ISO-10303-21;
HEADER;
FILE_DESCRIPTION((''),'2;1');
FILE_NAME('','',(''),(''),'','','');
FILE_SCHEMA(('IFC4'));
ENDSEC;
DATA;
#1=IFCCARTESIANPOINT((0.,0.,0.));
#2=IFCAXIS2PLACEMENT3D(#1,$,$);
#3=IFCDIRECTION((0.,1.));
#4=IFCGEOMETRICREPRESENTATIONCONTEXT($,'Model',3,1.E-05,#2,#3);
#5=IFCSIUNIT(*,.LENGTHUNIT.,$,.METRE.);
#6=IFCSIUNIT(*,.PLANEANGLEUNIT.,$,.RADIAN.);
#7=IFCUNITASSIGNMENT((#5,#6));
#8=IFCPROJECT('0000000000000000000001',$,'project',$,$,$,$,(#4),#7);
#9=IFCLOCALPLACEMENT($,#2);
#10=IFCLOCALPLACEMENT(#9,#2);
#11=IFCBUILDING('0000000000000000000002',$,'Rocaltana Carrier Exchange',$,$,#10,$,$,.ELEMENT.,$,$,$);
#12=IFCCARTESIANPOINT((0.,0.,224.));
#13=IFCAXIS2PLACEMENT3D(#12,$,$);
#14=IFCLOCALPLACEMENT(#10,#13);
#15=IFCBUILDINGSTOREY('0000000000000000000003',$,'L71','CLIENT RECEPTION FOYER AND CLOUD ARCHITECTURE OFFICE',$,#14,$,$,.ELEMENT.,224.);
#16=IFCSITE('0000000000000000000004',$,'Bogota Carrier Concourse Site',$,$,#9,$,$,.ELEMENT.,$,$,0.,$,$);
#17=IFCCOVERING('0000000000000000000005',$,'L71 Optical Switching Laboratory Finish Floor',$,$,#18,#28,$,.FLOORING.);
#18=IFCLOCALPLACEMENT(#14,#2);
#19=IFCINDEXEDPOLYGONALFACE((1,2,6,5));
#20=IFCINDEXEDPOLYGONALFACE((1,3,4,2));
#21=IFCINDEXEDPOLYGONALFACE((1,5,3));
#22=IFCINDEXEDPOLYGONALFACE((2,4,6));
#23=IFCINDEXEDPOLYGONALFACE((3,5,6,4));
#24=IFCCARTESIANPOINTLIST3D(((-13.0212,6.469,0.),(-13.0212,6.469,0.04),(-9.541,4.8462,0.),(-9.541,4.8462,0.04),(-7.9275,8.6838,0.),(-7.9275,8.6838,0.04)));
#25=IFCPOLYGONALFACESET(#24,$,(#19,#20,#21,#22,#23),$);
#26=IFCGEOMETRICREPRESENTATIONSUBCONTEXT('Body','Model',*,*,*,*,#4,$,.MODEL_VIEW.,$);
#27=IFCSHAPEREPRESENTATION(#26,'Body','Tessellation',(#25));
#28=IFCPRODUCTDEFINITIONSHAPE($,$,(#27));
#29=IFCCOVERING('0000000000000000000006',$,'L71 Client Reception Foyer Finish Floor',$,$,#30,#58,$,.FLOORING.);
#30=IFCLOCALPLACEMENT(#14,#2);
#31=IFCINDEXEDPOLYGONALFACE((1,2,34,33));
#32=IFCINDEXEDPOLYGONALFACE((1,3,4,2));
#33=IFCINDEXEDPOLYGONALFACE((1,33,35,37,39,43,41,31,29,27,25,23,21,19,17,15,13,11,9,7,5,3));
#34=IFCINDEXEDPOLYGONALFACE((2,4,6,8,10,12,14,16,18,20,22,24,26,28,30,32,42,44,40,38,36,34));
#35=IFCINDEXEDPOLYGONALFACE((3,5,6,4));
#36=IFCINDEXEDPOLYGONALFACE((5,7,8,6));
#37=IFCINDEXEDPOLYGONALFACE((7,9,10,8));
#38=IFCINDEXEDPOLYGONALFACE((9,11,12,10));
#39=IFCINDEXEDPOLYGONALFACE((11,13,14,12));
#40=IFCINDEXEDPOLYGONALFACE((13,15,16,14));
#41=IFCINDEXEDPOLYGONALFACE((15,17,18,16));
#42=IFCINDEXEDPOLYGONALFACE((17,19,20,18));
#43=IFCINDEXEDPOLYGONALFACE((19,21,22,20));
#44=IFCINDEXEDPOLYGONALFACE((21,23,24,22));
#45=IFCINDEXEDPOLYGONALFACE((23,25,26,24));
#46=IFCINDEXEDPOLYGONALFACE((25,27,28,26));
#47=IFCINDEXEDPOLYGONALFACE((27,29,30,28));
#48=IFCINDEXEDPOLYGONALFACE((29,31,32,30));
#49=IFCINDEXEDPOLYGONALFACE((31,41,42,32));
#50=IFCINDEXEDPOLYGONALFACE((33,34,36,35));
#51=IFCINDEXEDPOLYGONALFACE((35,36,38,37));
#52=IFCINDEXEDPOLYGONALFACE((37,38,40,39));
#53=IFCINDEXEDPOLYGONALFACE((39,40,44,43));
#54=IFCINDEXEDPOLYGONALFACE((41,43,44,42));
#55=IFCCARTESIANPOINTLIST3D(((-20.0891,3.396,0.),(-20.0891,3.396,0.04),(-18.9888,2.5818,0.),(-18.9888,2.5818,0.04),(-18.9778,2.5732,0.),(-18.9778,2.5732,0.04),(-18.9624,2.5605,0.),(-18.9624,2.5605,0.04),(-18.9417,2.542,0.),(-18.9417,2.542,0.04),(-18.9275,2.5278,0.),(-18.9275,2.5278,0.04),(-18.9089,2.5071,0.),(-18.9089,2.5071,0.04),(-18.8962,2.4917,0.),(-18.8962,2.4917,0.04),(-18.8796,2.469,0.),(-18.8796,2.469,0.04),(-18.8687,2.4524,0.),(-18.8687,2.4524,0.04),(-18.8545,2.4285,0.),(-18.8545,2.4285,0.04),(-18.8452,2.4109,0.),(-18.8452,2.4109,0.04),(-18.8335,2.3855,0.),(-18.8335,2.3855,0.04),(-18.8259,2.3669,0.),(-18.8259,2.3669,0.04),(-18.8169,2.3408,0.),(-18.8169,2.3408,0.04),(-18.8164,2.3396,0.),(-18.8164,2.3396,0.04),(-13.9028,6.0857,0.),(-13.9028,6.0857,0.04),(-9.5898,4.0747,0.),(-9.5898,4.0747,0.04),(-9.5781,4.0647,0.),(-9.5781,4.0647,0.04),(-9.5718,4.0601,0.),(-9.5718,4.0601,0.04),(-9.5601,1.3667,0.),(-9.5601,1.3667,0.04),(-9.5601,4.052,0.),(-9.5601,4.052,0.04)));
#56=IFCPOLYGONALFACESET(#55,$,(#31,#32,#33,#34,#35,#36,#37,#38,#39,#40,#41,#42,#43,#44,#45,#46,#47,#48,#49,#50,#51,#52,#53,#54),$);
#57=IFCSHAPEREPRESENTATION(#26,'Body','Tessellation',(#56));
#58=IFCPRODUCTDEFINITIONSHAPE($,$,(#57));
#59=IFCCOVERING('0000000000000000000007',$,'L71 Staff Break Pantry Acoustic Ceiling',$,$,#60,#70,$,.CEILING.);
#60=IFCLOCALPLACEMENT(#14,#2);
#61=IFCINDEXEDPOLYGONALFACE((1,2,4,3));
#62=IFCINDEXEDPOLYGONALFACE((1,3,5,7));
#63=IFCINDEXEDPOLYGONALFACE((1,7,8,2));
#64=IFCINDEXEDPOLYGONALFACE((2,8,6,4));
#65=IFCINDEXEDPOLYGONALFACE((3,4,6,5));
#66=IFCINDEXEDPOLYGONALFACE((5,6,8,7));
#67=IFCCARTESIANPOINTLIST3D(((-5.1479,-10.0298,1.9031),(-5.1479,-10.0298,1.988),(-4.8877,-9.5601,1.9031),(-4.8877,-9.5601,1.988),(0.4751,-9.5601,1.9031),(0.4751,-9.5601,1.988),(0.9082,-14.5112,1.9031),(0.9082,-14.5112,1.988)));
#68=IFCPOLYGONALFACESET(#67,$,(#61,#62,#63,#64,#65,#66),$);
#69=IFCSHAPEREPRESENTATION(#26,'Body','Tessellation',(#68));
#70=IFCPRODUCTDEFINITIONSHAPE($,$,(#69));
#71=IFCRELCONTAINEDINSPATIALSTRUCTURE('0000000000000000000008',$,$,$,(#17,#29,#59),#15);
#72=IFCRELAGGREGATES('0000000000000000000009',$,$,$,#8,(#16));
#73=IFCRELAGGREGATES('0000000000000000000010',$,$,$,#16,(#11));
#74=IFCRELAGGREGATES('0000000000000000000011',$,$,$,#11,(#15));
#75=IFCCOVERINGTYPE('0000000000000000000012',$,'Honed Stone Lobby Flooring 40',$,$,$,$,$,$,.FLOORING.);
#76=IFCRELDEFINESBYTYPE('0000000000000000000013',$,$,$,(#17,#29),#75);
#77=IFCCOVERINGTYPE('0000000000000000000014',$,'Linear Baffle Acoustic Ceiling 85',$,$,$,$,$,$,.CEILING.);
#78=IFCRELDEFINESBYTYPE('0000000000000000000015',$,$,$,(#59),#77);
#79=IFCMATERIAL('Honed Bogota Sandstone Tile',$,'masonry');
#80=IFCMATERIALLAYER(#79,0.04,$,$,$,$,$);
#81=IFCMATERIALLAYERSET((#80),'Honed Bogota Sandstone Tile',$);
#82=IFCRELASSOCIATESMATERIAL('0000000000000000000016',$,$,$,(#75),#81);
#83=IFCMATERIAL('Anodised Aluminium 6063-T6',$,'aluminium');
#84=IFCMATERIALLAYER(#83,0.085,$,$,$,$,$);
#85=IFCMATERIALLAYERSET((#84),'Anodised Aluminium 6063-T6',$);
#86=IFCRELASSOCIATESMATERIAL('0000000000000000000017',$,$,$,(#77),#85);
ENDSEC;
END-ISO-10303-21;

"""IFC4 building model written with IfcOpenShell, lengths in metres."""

from ifc_helpers import new_model, si_unit, direction, frame, origin, place, context, subcontext, project, spatial, polyline, outline, extrude, material, layer, layer_set, type_object, element, save


model = new_model("IFC4")

# Units and contexts
model_context = context("Model", 3, precision=1e-05, world=origin(), true_north=direction((0.0, 1.0)))
body_context = subcontext(model_context, "Body", "Model", "MODEL_VIEW")
ifc_project = project(units=[si_unit("LENGTHUNIT", "METRE"), si_unit("PLANEANGLEUNIT", "RADIAN")], contexts=[model_context])

# Site, building, storey
site_placement = place(None, origin())
site = spatial("IfcSite", under=ifc_project, at=site_placement, Name="Bogota Carrier Concourse Site", CompositionType="ELEMENT", RefElevation=0.0)
building_placement = place(site_placement, origin())
building = spatial("IfcBuilding", under=site, at=building_placement, Name="Rocaltana Carrier Exchange", CompositionType="ELEMENT")
storey_placement = place(building_placement, frame((0.0, 0.0, 224.0)))
storey = spatial("IfcBuildingStorey", under=building, at=storey_placement, Name="L71", Description="CLIENT RECEPTION FOYER AND CLOUD ARCHITECTURE OFFICE", CompositionType="ELEMENT", Elevation=224.0)

# Coverings
ifc_material_1 = material(Name="Honed Bogota Sandstone Tile", Category="masonry")
ifc_layer_1 = layer(ifc_material_1, 0.04)
ifc_layer_set_1 = layer_set([ifc_layer_1], Name="Honed Bogota Sandstone Tile")
covering_type_1 = type_object("IfcCoveringType", Name="Honed Stone Lobby Flooring 40", PredefinedType="FLOORING", material=ifc_layer_set_1)
covering_1_placement = place(storey_placement, origin())
element("IfcCovering", 1, at=covering_1_placement, inside=storey, type_object=covering_type_1, Name="L71 Optical Switching Laboratory Finish Floor", PredefinedType="FLOORING", context=body_context, shape_type="SweptSolid", body=[
    extrude(outline(polyline([(-7.9275, 8.6838), (-9.541, 4.8462), (-13.0212, 6.469), (-7.9275, 8.6838)])), origin(), (0.0, 0.0, 1.0), 0.04),
])
covering_2_placement = place(storey_placement, origin())
element("IfcCovering", 2, at=covering_2_placement, inside=storey, type_object=covering_type_1, Name="L71 Client Reception Foyer Finish Floor", PredefinedType="FLOORING", context=body_context, shape_type="SweptSolid", body=[
    extrude(outline(polyline([(-18.8164, 2.3396), (-18.8169, 2.3408), (-18.8259, 2.3669), (-18.8335, 2.3855), (-18.8452, 2.4109), (-18.8545, 2.4285), (-18.8687, 2.4524), (-18.8796, 2.469), (-18.8962, 2.4917), (-18.9089, 2.5071), (-18.9275, 2.5278), (-18.9417, 2.542), (-18.9624, 2.5605), (-18.9778, 2.5732), (-18.9888, 2.5818), (-20.0891, 3.396), (-13.9028, 6.0857), (-9.5898, 4.0747), (-9.5781, 4.0647), (-9.5718, 4.0601), (-9.5601, 4.052), (-9.5601, 1.3667), (-18.8164, 2.3396)])), origin(), (0.0, 0.0, 1.0), 0.04),
])
ifc_material_2 = material(Name="Anodised Aluminium 6063-T6", Category="aluminium")
ifc_layer_2 = layer(ifc_material_2, 0.085)
ifc_layer_set_2 = layer_set([ifc_layer_2], Name="Anodised Aluminium 6063-T6")
covering_type_2 = type_object("IfcCoveringType", Name="Linear Baffle Acoustic Ceiling 85", PredefinedType="CEILING", material=ifc_layer_set_2)
covering_3_placement = place(storey_placement, frame((0.0, 0.0, 1.9031)))
element("IfcCovering", 3, at=covering_3_placement, inside=storey, type_object=covering_type_2, Name="L71 Staff Break Pantry Acoustic Ceiling", PredefinedType="CEILING", context=body_context, shape_type="SweptSolid", body=[
    extrude(outline(polyline([(0.4751, -9.5601), (0.9082, -14.5112), (-5.1479, -10.0298), (-4.8877, -9.5601), (0.4751, -9.5601)])), origin(), (0.0, 0.0, 1.0), 0.085),
])

save(model, "model.ifc")
